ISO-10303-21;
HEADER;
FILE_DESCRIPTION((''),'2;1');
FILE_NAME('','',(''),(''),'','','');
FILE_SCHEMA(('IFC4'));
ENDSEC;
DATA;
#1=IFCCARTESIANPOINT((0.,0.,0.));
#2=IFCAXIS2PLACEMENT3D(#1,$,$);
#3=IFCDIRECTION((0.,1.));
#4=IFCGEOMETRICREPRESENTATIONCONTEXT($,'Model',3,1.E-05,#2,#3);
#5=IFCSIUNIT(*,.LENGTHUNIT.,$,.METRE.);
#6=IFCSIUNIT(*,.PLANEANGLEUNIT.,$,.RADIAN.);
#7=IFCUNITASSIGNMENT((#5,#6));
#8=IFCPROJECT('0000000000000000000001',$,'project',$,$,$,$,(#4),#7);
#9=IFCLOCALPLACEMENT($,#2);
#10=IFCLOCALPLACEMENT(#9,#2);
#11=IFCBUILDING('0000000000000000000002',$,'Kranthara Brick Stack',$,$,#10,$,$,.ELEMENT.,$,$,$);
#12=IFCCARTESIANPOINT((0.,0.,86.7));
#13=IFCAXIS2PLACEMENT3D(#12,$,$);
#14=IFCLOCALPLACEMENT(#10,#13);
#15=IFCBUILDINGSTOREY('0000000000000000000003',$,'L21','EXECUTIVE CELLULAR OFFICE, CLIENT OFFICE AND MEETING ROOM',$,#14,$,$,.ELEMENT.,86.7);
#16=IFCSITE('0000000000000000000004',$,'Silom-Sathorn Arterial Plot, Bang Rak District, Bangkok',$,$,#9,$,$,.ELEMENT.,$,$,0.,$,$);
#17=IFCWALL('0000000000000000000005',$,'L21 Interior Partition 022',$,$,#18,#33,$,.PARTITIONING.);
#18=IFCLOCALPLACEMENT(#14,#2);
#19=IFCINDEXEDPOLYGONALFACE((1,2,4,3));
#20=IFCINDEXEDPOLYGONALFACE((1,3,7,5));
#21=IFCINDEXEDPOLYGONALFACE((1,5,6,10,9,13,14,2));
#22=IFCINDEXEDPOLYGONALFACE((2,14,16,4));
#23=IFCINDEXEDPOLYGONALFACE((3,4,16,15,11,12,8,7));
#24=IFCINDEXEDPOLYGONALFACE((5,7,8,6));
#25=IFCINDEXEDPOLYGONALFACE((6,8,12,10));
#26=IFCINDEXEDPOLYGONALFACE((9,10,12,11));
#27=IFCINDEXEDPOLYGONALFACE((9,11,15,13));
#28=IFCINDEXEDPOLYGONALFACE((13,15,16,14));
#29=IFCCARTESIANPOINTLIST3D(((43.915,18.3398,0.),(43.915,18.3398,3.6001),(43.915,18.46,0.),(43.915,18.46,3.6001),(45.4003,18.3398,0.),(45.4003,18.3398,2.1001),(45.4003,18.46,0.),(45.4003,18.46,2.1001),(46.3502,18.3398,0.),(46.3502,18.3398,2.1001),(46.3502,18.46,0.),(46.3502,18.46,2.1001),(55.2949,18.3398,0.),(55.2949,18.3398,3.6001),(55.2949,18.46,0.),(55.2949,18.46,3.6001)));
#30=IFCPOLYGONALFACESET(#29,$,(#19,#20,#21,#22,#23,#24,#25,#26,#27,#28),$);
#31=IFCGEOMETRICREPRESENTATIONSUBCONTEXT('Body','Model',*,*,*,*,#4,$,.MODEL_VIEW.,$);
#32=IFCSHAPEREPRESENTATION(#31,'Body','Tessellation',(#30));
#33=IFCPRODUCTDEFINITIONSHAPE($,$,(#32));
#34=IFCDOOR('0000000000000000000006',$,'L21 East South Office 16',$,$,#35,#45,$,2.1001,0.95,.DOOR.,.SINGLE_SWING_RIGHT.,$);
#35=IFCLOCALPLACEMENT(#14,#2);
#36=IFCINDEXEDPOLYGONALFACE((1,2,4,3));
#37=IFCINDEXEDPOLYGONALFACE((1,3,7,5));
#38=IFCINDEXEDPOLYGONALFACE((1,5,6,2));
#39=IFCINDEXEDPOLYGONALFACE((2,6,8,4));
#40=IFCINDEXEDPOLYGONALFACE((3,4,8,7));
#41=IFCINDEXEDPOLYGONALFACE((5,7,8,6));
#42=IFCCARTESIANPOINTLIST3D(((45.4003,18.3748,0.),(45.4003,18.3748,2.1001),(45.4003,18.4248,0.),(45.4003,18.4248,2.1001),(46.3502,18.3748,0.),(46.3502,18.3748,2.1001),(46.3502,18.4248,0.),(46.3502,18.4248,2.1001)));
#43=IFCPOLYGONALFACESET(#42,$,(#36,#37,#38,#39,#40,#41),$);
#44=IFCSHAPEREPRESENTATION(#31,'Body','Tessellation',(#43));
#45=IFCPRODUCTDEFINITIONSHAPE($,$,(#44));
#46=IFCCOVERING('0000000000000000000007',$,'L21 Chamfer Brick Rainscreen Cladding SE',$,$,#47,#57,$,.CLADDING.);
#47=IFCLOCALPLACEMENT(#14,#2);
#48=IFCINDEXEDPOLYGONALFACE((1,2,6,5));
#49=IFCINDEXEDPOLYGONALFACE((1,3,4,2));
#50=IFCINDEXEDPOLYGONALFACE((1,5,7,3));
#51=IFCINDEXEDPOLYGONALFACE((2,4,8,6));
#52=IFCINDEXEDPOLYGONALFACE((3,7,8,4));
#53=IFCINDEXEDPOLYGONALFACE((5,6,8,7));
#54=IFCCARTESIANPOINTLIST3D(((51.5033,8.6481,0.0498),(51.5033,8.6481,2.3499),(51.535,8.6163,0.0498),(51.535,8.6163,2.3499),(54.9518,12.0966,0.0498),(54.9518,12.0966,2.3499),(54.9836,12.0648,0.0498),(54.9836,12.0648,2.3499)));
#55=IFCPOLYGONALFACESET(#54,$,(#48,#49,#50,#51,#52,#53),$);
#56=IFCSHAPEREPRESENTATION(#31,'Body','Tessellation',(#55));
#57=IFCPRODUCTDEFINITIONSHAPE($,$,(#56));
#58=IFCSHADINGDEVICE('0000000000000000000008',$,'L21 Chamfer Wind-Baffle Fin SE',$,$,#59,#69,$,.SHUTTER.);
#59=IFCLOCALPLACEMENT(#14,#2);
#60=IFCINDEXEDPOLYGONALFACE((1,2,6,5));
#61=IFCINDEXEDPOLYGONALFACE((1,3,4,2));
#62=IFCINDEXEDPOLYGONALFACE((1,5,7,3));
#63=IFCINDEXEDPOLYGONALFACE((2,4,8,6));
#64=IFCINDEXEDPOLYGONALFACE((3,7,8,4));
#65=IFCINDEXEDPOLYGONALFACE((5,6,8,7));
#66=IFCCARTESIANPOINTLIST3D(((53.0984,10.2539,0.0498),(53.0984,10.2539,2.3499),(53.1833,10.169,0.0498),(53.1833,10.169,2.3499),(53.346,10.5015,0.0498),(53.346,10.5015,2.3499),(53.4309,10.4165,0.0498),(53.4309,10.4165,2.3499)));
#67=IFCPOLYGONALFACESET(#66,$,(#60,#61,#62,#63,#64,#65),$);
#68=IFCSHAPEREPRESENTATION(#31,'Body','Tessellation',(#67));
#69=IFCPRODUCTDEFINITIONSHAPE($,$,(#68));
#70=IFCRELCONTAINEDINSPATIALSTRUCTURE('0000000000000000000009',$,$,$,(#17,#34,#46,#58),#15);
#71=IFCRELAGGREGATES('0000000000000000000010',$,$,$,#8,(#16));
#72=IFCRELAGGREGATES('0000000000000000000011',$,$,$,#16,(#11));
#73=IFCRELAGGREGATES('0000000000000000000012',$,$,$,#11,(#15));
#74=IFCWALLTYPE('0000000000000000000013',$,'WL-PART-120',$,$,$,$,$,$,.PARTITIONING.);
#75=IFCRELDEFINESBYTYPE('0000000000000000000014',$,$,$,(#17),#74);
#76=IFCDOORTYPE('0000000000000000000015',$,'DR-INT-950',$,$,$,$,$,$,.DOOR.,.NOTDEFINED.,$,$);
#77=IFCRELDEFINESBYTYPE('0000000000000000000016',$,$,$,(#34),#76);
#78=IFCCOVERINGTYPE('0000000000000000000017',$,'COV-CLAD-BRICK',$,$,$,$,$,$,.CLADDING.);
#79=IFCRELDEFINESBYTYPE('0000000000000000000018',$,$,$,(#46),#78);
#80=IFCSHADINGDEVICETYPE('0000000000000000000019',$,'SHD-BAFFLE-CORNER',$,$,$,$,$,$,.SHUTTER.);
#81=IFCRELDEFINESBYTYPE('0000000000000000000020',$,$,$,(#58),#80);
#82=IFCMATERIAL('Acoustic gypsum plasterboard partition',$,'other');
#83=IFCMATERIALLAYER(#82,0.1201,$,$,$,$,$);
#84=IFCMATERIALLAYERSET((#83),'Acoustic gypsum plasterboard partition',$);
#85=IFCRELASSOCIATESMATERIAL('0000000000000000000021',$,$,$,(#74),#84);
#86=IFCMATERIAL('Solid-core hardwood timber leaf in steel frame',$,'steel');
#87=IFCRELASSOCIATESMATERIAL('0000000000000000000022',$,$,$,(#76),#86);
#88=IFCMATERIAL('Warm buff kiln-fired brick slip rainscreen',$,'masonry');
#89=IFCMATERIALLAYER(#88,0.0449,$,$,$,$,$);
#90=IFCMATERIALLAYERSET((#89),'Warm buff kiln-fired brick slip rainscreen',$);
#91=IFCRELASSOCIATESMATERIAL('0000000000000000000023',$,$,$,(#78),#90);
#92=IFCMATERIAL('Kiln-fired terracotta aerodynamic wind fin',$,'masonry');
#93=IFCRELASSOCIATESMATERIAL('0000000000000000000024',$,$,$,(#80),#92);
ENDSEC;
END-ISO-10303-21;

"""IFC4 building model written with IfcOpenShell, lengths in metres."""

from ifc_helpers import new_model, si_unit, direction, frame, frame_2d, origin, origin_2d, place, context, subcontext, project, spatial, rectangle, extrude, material, layer, layer_set, type_object, element, fill, save


model = new_model("IFC4")

# Units and contexts
model_context = context("Model", 3, precision=1e-05, world=origin(), true_north=direction((0.0, 1.0)))
body_context = subcontext(model_context, "Body", "Model", "MODEL_VIEW")
ifc_project = project(units=[si_unit("LENGTHUNIT", "METRE"), si_unit("PLANEANGLEUNIT", "RADIAN")], contexts=[model_context])

# Site, building, storey
site_placement = place(None, origin())
site = spatial("IfcSite", under=ifc_project, at=site_placement, Name="Silom-Sathorn Arterial Plot, Bang Rak District, Bangkok", CompositionType="ELEMENT", RefElevation=0.0)
building_placement = place(site_placement, origin())
building = spatial("IfcBuilding", under=site, at=building_placement, Name="Kranthara Brick Stack", CompositionType="ELEMENT")
storey_placement = place(building_placement, frame((0.0, 0.0, 86.7)))
storey = spatial("IfcBuildingStorey", under=building, at=storey_placement, Name="L21", Description="EXECUTIVE CELLULAR OFFICE, CLIENT OFFICE AND MEETING ROOM", CompositionType="ELEMENT", Elevation=86.7)

# Wall, opening, door
ifc_material_1 = material(Name="Acoustic gypsum plasterboard partition", Category="other")
ifc_layer_1 = layer(ifc_material_1, 0.1201)
ifc_layer_set_1 = layer_set([ifc_layer_1], Name="Acoustic gypsum plasterboard partition")
wall_type_1 = type_object("IfcWallType", Name="WL-PART-120", PredefinedType="PARTITIONING", material=ifc_layer_set_1)
wall_1_placement = place(storey_placement, frame((43.915, 18.3999, 0.0), z_axis=(0.0, 0.0, 1.0), x_axis=(1.0, 0.0, 0.0)))
wall_1 = element("IfcWall", 1, at=wall_1_placement, inside=storey, type_object=wall_type_1, Name="L21 Interior Partition 022", PredefinedType="PARTITIONING", context=body_context, shape_type="SweptSolid", body=[
    extrude(rectangle(XDim=11.3799, YDim=0.1201, at=frame_2d((5.6899, 0.0))), origin(), (0.0, 0.0, 1.0), 3.6001),
])
opening_1_placement = place(wall_1_placement, frame((1.4851, 0.0, 0.0)))
opening_1 = element("IfcOpeningElement", 2, at=opening_1_placement, cuts=wall_1, PredefinedType="OPENING", context=body_context, shape_type="SweptSolid", body=[
    extrude(rectangle(XDim=0.95, YDim=2.1001, at=frame_2d((0.4751, 1.05))), frame((0.0, 0.0701, 0.0), z_axis=(0.0, -1.0, 0.0), x_axis=(1.0, 0.0, 0.0)), (0.0, 0.0, 1.0), 0.1401),
])
ifc_material_2 = material(Name="Solid-core hardwood timber leaf in steel frame", Category="steel")
door_type_1 = type_object("IfcDoorType", Name="DR-INT-950", OperationType="NOTDEFINED", PredefinedType="DOOR", material=ifc_material_2)
door_1_placement = place(opening_1_placement, origin())
door_1 = element("IfcDoor", 3, at=door_1_placement, inside=storey, type_object=door_type_1, Name="L21 East South Office 16", OperationType="SINGLE_SWING_RIGHT", OverallHeight=2.1001, OverallWidth=0.95, PredefinedType="DOOR", context=body_context, shape_type="SweptSolid", body=[
    extrude(rectangle(XDim=0.95, YDim=2.1001, at=frame_2d((0.4751, 1.05))), frame((0.0, 0.0249, 0.0), z_axis=(0.0, -1.0, 0.0), x_axis=(1.0, 0.0, 0.0)), (0.0, 0.0, 1.0), 0.05),
])
fill(opening_1, door_1)

# Covering
ifc_material_3 = material(Name="Warm buff kiln-fired brick slip rainscreen", Category="masonry")
ifc_layer_2 = layer(ifc_material_3, 0.0449)
ifc_layer_set_2 = layer_set([ifc_layer_2], Name="Warm buff kiln-fired brick slip rainscreen")
covering_type = type_object("IfcCoveringType", Name="COV-CLAD-BRICK", PredefinedType="CLADDING", material=ifc_layer_set_2)
covering_placement = place(storey_placement, frame((53.2434, 10.3564, 0.0498), z_axis=(0.0, 0.0, 1.0), x_axis=(-0.707107, -0.707107, 0.0)))
element("IfcCovering", 4, at=covering_placement, inside=storey, type_object=covering_type, Name="L21 Chamfer Brick Rainscreen Cladding SE", PredefinedType="CLADDING", context=body_context, shape_type="SweptSolid", body=[
    extrude(rectangle(XDim=4.877, YDim=0.0449, at=origin_2d()), origin(), (0.0, 0.0, 1.0), 2.3),
])

# Shading device
ifc_material_4 = material(Name="Kiln-fired terracotta aerodynamic wind fin", Category="masonry")
shading_device_type = type_object("IfcShadingDeviceType", Name="SHD-BAFFLE-CORNER", PredefinedType="SHUTTER", material=ifc_material_4)
shading_device_placement = place(storey_placement, frame((53.2646, 10.3352, 0.0498), z_axis=(0.0, 0.0, 1.0), x_axis=(-0.707107, -0.707107, 0.0)))
element("IfcShadingDevice", 5, at=shading_device_placement, inside=storey, type_object=shading_device_type, Name="L21 Chamfer Wind-Baffle Fin SE", PredefinedType="SHUTTER", context=body_context, shape_type="SweptSolid", body=[
    extrude(rectangle(XDim=0.3501, YDim=0.1201, at=origin_2d()), origin(), (0.0, 0.0, 1.0), 2.3),
])

save(model, "model.ifc")
